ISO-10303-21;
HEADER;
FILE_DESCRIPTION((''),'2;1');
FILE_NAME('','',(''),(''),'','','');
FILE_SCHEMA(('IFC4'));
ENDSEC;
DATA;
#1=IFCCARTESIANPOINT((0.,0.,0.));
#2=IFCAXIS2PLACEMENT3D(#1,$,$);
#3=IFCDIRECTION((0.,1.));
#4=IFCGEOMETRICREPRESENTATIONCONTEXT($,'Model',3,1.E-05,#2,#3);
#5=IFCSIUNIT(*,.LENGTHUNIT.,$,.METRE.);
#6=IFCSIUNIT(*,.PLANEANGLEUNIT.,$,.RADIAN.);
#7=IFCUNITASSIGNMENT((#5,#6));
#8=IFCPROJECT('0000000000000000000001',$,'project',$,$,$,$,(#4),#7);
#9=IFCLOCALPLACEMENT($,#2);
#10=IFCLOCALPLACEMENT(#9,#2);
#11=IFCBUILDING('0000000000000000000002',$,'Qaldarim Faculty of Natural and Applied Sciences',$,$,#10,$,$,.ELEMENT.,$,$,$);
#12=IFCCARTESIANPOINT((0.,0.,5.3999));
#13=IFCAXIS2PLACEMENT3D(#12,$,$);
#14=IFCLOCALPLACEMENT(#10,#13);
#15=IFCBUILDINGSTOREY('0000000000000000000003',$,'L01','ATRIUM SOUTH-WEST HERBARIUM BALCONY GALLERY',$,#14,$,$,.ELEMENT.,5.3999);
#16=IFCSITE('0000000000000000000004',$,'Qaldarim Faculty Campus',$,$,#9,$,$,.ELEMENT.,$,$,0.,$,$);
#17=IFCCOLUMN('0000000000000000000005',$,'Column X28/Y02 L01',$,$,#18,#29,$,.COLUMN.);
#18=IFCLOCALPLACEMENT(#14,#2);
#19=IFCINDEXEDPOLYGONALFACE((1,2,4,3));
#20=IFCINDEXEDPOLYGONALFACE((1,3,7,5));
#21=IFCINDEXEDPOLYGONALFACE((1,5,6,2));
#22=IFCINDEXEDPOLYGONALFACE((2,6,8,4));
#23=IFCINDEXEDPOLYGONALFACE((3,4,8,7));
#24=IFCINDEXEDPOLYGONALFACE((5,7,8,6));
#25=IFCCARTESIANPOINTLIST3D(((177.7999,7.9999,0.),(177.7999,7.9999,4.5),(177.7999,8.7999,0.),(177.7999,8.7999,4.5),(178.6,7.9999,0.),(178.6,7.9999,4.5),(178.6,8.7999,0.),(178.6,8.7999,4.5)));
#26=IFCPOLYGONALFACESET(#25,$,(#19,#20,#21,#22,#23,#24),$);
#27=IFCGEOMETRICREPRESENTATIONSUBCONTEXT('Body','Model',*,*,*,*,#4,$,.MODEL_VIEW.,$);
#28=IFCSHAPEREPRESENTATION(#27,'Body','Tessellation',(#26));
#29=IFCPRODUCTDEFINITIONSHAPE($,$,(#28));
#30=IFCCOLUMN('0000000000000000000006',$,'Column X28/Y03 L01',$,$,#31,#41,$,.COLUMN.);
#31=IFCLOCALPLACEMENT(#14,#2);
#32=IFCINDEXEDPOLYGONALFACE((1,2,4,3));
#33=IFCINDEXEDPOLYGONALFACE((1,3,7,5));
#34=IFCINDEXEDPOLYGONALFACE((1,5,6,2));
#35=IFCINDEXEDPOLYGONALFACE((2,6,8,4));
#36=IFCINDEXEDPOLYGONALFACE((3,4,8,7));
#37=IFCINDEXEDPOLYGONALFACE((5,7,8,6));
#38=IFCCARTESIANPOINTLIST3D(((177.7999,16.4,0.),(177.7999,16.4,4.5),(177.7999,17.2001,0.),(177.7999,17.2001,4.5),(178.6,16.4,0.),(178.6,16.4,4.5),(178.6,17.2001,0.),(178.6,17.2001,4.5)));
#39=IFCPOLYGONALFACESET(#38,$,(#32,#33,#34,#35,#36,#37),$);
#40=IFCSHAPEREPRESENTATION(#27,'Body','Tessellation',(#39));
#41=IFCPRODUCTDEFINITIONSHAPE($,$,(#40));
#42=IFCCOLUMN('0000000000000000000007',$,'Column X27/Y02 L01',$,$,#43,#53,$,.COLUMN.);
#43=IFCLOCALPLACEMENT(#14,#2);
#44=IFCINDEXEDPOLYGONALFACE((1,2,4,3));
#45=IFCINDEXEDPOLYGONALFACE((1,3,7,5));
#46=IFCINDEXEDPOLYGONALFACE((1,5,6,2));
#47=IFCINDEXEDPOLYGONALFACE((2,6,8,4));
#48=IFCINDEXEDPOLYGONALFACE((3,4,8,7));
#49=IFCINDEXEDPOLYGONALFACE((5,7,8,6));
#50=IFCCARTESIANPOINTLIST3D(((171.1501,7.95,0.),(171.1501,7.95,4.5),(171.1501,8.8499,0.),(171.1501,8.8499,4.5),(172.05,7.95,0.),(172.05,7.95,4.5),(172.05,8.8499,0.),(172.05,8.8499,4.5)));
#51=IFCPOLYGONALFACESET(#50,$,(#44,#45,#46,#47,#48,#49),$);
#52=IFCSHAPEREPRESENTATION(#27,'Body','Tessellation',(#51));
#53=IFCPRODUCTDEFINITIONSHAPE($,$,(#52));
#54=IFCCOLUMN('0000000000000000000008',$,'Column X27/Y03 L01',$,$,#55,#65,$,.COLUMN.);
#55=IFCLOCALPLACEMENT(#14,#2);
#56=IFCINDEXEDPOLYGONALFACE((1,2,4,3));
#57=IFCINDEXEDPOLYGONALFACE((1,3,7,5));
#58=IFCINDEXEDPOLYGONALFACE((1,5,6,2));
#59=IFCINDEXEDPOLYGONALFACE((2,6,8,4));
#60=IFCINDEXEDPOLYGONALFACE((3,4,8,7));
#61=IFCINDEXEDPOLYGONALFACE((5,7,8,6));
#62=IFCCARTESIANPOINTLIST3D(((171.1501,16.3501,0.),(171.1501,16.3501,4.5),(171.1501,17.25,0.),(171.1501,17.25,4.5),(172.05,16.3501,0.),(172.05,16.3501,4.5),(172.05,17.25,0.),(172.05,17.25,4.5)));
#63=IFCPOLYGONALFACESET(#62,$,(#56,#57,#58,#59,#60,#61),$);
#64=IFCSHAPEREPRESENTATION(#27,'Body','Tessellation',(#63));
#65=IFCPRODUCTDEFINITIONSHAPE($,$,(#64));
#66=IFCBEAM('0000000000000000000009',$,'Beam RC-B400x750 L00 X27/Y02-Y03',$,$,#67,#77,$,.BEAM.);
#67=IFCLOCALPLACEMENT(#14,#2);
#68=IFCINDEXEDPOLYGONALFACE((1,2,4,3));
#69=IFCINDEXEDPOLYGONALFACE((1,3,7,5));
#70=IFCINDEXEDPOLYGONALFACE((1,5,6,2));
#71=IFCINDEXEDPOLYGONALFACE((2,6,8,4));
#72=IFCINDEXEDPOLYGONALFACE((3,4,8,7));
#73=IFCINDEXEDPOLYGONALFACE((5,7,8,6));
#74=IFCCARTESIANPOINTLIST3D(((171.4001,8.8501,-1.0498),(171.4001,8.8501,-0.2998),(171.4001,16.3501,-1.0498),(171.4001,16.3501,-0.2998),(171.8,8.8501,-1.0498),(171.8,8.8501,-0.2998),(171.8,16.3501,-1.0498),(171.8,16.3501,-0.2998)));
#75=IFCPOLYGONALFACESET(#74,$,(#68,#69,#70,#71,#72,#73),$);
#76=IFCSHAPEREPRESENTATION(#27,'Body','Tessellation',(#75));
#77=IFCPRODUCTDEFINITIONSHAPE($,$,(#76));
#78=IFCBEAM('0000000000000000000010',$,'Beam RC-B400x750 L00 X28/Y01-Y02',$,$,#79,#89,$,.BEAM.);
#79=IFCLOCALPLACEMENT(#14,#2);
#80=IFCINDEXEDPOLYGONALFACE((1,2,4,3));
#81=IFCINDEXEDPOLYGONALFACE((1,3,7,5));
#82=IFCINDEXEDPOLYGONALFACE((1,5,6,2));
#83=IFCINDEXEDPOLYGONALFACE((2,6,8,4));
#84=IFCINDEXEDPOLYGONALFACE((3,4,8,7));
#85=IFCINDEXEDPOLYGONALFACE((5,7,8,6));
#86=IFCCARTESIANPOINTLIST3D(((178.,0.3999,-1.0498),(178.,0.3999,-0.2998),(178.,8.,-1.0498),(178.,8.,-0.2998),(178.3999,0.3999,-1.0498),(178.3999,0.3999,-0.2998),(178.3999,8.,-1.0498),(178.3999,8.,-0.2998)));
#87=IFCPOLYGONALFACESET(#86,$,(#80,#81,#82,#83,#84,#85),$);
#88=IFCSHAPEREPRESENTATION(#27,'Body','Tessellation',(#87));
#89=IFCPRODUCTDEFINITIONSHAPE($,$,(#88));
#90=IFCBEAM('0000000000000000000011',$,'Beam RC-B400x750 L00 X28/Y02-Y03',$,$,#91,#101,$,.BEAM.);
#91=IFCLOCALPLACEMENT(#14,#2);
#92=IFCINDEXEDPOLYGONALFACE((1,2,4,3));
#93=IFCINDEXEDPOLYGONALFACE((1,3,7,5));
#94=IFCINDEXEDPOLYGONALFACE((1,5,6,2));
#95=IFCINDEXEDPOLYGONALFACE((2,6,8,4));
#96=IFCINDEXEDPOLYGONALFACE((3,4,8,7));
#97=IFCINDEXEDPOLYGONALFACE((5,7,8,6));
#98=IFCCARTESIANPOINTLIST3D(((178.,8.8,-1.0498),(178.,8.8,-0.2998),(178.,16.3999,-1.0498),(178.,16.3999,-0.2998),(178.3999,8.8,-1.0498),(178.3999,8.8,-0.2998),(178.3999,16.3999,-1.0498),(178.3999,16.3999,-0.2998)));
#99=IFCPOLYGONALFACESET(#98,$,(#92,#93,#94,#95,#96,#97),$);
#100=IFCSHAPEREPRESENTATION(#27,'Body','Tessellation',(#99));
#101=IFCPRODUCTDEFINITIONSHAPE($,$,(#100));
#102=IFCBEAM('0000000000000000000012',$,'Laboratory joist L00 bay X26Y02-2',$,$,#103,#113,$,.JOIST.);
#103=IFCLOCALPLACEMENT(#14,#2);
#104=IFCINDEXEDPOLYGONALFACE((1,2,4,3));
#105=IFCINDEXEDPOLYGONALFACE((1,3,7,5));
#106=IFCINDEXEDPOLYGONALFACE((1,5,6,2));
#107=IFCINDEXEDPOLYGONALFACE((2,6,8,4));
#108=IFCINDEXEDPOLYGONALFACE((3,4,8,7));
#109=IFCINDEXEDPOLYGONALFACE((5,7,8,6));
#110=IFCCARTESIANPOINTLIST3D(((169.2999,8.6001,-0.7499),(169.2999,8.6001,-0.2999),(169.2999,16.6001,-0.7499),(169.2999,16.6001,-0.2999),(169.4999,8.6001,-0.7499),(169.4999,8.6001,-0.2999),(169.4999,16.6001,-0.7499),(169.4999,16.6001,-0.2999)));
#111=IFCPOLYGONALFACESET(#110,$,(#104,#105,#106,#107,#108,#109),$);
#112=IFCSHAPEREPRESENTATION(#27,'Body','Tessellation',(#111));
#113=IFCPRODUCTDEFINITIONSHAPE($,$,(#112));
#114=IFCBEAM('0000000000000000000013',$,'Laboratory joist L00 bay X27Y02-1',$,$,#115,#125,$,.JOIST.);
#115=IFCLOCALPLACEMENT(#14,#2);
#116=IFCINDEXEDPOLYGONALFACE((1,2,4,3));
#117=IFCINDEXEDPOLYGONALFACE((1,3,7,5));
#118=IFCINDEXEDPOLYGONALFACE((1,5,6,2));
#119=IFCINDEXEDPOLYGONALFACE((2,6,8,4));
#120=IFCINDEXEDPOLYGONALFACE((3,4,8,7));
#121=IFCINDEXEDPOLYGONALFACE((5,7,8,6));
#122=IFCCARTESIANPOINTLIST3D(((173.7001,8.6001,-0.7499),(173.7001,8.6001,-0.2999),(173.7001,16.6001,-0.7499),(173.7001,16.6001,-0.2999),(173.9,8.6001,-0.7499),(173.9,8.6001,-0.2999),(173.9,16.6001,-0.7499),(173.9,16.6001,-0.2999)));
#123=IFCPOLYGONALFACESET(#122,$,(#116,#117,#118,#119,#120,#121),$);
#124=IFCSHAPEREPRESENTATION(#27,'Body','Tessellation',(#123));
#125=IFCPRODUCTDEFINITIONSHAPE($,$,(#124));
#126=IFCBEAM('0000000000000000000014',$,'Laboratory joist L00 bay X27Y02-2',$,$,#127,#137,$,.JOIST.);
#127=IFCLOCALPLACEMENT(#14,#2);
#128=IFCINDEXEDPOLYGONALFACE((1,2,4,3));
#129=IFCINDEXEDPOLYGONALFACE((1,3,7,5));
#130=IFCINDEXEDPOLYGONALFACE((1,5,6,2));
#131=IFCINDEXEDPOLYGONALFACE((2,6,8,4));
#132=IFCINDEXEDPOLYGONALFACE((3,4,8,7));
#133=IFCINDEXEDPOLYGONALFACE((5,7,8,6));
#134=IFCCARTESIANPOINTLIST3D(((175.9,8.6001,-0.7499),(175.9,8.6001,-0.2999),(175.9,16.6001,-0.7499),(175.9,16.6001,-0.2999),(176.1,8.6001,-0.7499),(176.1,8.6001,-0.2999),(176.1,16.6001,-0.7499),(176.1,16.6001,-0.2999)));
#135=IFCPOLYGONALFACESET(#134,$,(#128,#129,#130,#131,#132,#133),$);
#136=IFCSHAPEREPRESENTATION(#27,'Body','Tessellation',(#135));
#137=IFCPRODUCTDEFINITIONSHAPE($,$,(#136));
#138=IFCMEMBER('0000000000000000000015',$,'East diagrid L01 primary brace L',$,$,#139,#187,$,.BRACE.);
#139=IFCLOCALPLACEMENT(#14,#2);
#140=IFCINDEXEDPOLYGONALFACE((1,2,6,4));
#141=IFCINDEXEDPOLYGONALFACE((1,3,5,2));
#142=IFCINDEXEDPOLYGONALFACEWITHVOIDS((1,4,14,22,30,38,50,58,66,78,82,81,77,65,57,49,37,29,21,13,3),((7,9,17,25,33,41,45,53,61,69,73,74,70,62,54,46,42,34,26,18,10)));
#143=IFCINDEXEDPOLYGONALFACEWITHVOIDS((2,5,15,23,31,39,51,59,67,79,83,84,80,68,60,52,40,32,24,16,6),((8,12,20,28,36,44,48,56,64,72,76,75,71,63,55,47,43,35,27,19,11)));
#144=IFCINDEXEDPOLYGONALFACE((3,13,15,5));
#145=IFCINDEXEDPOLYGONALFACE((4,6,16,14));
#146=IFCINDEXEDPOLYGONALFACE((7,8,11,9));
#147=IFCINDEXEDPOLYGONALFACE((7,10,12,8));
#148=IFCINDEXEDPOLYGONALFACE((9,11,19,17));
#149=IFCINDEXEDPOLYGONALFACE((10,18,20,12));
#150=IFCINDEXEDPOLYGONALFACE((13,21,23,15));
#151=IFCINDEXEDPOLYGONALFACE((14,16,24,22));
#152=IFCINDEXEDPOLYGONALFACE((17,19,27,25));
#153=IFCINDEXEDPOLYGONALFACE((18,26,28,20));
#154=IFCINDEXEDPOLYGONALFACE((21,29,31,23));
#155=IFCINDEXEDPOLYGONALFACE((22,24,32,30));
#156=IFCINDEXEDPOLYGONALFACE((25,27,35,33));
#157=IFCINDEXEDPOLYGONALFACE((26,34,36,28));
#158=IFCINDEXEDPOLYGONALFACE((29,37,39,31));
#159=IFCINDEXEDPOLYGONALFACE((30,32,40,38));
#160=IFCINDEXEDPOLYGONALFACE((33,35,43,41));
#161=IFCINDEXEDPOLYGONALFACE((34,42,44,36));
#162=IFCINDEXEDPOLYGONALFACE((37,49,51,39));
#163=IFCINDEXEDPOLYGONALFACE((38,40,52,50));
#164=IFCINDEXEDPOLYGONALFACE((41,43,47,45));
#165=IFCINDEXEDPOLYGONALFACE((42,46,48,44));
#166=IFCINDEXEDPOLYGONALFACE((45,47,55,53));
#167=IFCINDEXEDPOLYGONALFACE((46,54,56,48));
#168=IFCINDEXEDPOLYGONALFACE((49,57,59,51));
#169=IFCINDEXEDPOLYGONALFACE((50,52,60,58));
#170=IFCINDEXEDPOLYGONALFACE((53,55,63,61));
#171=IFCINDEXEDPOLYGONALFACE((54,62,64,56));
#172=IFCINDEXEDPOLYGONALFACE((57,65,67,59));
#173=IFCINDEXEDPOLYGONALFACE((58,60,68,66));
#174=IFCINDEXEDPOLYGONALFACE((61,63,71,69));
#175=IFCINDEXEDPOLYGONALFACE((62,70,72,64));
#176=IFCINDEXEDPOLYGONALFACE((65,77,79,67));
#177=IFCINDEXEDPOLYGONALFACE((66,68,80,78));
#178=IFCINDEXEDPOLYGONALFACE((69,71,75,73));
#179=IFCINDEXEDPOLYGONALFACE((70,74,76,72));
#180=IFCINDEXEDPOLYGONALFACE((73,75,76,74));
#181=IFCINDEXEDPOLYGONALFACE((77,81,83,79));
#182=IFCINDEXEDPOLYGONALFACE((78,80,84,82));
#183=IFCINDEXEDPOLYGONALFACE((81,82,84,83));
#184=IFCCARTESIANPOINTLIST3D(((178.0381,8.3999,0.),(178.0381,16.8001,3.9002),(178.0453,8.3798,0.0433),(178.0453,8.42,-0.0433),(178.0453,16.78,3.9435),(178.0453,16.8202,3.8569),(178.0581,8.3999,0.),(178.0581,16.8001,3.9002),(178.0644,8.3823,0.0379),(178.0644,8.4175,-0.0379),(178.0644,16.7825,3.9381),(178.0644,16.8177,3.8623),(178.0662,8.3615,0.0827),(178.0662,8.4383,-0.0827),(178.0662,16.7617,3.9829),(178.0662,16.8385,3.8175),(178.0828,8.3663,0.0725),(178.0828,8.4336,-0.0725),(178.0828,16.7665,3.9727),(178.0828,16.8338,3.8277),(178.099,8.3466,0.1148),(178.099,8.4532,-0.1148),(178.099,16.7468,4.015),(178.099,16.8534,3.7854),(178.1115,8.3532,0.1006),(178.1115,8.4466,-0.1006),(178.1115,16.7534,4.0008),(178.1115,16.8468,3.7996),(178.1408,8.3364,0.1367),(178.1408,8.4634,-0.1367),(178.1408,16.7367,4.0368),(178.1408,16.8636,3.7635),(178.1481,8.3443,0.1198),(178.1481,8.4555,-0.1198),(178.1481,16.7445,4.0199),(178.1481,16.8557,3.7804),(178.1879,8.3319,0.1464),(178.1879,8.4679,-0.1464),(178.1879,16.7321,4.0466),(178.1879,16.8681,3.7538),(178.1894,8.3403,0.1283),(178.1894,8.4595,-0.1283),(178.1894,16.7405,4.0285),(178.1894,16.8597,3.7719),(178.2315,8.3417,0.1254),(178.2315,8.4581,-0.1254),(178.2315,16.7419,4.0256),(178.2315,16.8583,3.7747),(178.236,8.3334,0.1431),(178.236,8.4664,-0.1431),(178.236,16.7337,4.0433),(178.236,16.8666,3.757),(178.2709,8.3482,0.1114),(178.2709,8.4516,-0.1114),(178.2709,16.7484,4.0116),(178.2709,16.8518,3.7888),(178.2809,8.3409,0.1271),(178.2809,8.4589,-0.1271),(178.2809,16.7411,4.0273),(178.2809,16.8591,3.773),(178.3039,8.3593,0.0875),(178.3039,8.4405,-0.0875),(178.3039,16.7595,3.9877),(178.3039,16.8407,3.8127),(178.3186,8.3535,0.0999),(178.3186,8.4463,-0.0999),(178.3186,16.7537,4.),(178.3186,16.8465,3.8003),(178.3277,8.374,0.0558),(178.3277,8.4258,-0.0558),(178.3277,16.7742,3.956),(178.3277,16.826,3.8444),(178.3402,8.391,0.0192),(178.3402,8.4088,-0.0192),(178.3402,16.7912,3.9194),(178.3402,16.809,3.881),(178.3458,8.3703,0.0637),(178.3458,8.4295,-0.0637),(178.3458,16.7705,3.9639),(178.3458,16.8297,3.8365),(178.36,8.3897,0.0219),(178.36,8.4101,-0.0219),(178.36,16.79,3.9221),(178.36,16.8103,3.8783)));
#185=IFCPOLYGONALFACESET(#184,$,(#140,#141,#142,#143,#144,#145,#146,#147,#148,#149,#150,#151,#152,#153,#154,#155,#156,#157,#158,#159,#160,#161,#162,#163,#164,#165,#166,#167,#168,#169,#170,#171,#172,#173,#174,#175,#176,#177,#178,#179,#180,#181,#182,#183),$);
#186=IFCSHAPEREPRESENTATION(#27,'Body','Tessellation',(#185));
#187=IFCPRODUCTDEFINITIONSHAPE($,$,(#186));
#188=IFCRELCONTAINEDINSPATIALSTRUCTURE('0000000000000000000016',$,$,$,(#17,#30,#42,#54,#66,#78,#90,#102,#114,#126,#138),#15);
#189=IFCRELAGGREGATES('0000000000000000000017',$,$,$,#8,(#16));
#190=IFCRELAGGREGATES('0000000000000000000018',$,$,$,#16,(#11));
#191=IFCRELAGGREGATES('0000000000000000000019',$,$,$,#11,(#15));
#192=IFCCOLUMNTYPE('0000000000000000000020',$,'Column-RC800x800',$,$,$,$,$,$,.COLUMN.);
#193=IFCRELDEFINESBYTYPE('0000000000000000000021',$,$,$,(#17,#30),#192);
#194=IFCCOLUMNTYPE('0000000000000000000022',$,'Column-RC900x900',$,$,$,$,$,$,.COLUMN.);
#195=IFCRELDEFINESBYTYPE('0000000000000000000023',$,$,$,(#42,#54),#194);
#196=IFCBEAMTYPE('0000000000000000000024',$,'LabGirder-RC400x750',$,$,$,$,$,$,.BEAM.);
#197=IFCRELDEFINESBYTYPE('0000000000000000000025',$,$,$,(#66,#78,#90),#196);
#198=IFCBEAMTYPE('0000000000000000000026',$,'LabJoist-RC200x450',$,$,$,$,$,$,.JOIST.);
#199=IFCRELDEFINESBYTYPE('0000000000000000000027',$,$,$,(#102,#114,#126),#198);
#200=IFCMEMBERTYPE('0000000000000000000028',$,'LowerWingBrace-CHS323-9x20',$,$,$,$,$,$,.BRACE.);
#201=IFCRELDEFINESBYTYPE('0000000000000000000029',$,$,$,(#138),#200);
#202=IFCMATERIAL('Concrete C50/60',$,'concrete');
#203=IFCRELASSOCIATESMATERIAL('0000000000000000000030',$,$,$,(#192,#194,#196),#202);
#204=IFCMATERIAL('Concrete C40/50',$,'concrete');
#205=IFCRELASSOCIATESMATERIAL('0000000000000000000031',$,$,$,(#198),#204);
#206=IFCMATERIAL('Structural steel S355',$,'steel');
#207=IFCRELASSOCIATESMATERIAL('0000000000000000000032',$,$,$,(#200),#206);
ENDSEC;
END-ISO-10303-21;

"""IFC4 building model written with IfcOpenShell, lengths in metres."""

from ifc_helpers import new_model, si_unit, direction, frame, origin, origin_2d, place, context, subcontext, project, spatial, rectangle, hollow_circle, extrude, material, material_profile, profile_set, type_object, element, save


model = new_model("IFC4")

# Units and contexts
model_context = context("Model", 3, precision=1e-05, world=origin(), true_north=direction((0.0, 1.0)))
body_context = subcontext(model_context, "Body", "Model", "MODEL_VIEW")
ifc_project = project(units=[si_unit("LENGTHUNIT", "METRE"), si_unit("PLANEANGLEUNIT", "RADIAN")], contexts=[model_context])

# Site, building, storey
site_placement = place(None, origin())
site = spatial("IfcSite", under=ifc_project, at=site_placement, Name="Qaldarim Faculty Campus", CompositionType="ELEMENT", RefElevation=0.0)
building_placement = place(site_placement, origin())
building = spatial("IfcBuilding", under=site, at=building_placement, Name="Qaldarim Faculty of Natural and Applied Sciences", CompositionType="ELEMENT")
storey_placement = place(building_placement, frame((0.0, 0.0, 5.3999)))
storey = spatial("IfcBuildingStorey", under=building, at=storey_placement, Name="L01", Description="ATRIUM SOUTH-WEST HERBARIUM BALCONY GALLERY", CompositionType="ELEMENT", Elevation=5.3999)

# Columns
ifc_material_1 = material(Name="Concrete C50/60", Category="concrete")
ifc_material_profile_1 = material_profile(ifc_material_1, rectangle(XDim=0.8, YDim=0.8, at=origin_2d()), Name="RC-C800x800")
ifc_profile_set_1 = profile_set([ifc_material_profile_1], Name="Concrete C50/60")
column_type_1 = type_object("IfcColumnType", Name="Column-RC800x800", PredefinedType="COLUMN", material=ifc_profile_set_1)
for number, where, z_axis, x_axis, name in (
    (1, (178.2, 8.3999, 0.0), (0.0, 0.0, 1.0), (1.0, 0.0, 0.0), "Column X28/Y02 L01"),
    (2, (178.2, 16.8, 0.0), (0.0, 0.0, 1.0), (1.0, 0.0, 0.0), "Column X28/Y03 L01"),
):
    element("IfcColumn", number, at=place(storey_placement, frame(where, z_axis=z_axis, x_axis=x_axis)), inside=storey, type_object=column_type_1, Name=name, PredefinedType="COLUMN", context=body_context, shape_type="SweptSolid", body=[
        extrude(rectangle(XDim=0.8, YDim=0.8, at=origin_2d()), origin(), (0.0, 0.0, 1.0), 4.5),
    ])
ifc_material_profile_2 = material_profile(ifc_material_1, rectangle(XDim=0.8999, YDim=0.8999, at=origin_2d()), Name="RC-C900x900")
ifc_profile_set_2 = profile_set([ifc_material_profile_2], Name="Concrete C50/60")
column_type_2 = type_object("IfcColumnType", Name="Column-RC900x900", PredefinedType="COLUMN", material=ifc_profile_set_2)
for number, where, z_axis, x_axis, name in (
    (3, (171.6001, 8.3999, 0.0), (0.0, 0.0, 1.0), (1.0, 0.0, 0.0), "Column X27/Y02 L01"),
    (4, (171.6001, 16.8, 0.0), (0.0, 0.0, 1.0), (1.0, 0.0, 0.0), "Column X27/Y03 L01"),
):
    element("IfcColumn", number, at=place(storey_placement, frame(where, z_axis=z_axis, x_axis=x_axis)), inside=storey, type_object=column_type_2, Name=name, PredefinedType="COLUMN", context=body_context, shape_type="SweptSolid", body=[
        extrude(rectangle(XDim=0.8999, YDim=0.8999, at=origin_2d()), origin(), (0.0, 0.0, 1.0), 4.5),
    ])

# Beams
ifc_material_profile_3 = material_profile(ifc_material_1, rectangle(XDim=0.3999, YDim=0.75, at=origin_2d()), Name="RC-B400x750")
ifc_profile_set_3 = profile_set([ifc_material_profile_3], Name="Concrete C50/60")
beam_type_1 = type_object("IfcBeamType", Name="LabGirder-RC400x750", PredefinedType="BEAM", material=ifc_profile_set_3)
beam_1_placement = place(storey_placement, frame((171.6001, 8.8501, -0.6748), z_axis=(0.0, 1.0, 0.0), x_axis=(-1.0, 0.0, 0.0)))
element("IfcBeam", 5, at=beam_1_placement, inside=storey, type_object=beam_type_1, Name="Beam RC-B400x750 L00 X27/Y02-Y03", PredefinedType="BEAM", context=body_context, shape_type="SweptSolid", body=[
    extrude(rectangle(XDim=0.3999, YDim=0.75, at=origin_2d()), origin(), (0.0, 0.0, 1.0), 7.5),
])
beam_2_placement = place(storey_placement, frame((178.2, 0.3999, -0.6748), z_axis=(0.0, 1.0, 0.0), x_axis=(-1.0, 0.0, 0.0)))
element("IfcBeam", 6, at=beam_2_placement, inside=storey, type_object=beam_type_1, Name="Beam RC-B400x750 L00 X28/Y01-Y02", PredefinedType="BEAM", context=body_context, shape_type="SweptSolid", body=[
    extrude(rectangle(XDim=0.3999, YDim=0.75, at=origin_2d()), origin(), (0.0, 0.0, 1.0), 7.6001),
])
beam_3_placement = place(storey_placement, frame((178.2, 8.8, -0.6748), z_axis=(0.0, 1.0, 0.0), x_axis=(-1.0, 0.0, 0.0)))
element("IfcBeam", 7, at=beam_3_placement, inside=storey, type_object=beam_type_1, Name="Beam RC-B400x750 L00 X28/Y02-Y03", PredefinedType="BEAM", context=body_context, shape_type="SweptSolid", body=[
    extrude(rectangle(XDim=0.3999, YDim=0.75, at=origin_2d()), origin(), (0.0, 0.0, 1.0), 7.5999),
])
ifc_material_2 = material(Name="Concrete C40/50", Category="concrete")
ifc_material_profile_4 = material_profile(ifc_material_2, rectangle(XDim=0.2, YDim=0.45, at=origin_2d()), Name="RC-J200x450")
ifc_profile_set_4 = profile_set([ifc_material_profile_4], Name="Concrete C40/50")
beam_type_2 = type_object("IfcBeamType", Name="LabJoist-RC200x450", PredefinedType="JOIST", material=ifc_profile_set_4)
for number, where, z_axis, x_axis, name in (
    (8, (169.3999, 8.6001, -0.5249), (0.0, 1.0, 0.0), (-1.0, 0.0, 0.0), "Laboratory joist L00 bay X26Y02-2"),
    (9, (173.8, 8.6001, -0.5249), (0.0, 1.0, 0.0), (-1.0, 0.0, 0.0), "Laboratory joist L00 bay X27Y02-1"),
    (10, (176.0, 8.6001, -0.5249), (0.0, 1.0, 0.0), (-1.0, 0.0, 0.0), "Laboratory joist L00 bay X27Y02-2"),
):
    element("IfcBeam", number, at=place(storey_placement, frame(where, z_axis=z_axis, x_axis=x_axis)), inside=storey, type_object=beam_type_2, Name=name, PredefinedType="JOIST", context=body_context, shape_type="SweptSolid", body=[
        extrude(rectangle(XDim=0.2, YDim=0.45, at=origin_2d()), origin(), (0.0, 0.0, 1.0), 8.0),
    ])

# Member
ifc_material_3 = material(Name="Structural steel S355", Category="steel")
ifc_material_profile_5 = material_profile(ifc_material_3, hollow_circle(Radius=0.1619, WallThickness=0.02, at=origin_2d()), Name="CHS 323.9x20.0")
ifc_profile_set_5 = profile_set([ifc_material_profile_5], Name="Structural steel S355")
member_type = type_object("IfcMemberType", Name="LowerWingBrace-CHS323-9x20", PredefinedType="BRACE", material=ifc_profile_set_5)
member_placement = place(storey_placement, frame((178.2, 8.3999, 0.0), z_axis=(0.0, 0.907006, 0.421118), x_axis=(-1.0, 0.0, 0.0)))
element("IfcMember", 11, at=member_placement, inside=storey, type_object=member_type, Name="East diagrid L01 primary brace L", PredefinedType="BRACE", context=body_context, shape_type="SweptSolid", body=[
    extrude(hollow_circle(Radius=0.1619, WallThickness=0.02, at=origin_2d()), origin(), (0.0, 0.0, 1.0), 9.2615),
])

save(model, "model.ifc")
